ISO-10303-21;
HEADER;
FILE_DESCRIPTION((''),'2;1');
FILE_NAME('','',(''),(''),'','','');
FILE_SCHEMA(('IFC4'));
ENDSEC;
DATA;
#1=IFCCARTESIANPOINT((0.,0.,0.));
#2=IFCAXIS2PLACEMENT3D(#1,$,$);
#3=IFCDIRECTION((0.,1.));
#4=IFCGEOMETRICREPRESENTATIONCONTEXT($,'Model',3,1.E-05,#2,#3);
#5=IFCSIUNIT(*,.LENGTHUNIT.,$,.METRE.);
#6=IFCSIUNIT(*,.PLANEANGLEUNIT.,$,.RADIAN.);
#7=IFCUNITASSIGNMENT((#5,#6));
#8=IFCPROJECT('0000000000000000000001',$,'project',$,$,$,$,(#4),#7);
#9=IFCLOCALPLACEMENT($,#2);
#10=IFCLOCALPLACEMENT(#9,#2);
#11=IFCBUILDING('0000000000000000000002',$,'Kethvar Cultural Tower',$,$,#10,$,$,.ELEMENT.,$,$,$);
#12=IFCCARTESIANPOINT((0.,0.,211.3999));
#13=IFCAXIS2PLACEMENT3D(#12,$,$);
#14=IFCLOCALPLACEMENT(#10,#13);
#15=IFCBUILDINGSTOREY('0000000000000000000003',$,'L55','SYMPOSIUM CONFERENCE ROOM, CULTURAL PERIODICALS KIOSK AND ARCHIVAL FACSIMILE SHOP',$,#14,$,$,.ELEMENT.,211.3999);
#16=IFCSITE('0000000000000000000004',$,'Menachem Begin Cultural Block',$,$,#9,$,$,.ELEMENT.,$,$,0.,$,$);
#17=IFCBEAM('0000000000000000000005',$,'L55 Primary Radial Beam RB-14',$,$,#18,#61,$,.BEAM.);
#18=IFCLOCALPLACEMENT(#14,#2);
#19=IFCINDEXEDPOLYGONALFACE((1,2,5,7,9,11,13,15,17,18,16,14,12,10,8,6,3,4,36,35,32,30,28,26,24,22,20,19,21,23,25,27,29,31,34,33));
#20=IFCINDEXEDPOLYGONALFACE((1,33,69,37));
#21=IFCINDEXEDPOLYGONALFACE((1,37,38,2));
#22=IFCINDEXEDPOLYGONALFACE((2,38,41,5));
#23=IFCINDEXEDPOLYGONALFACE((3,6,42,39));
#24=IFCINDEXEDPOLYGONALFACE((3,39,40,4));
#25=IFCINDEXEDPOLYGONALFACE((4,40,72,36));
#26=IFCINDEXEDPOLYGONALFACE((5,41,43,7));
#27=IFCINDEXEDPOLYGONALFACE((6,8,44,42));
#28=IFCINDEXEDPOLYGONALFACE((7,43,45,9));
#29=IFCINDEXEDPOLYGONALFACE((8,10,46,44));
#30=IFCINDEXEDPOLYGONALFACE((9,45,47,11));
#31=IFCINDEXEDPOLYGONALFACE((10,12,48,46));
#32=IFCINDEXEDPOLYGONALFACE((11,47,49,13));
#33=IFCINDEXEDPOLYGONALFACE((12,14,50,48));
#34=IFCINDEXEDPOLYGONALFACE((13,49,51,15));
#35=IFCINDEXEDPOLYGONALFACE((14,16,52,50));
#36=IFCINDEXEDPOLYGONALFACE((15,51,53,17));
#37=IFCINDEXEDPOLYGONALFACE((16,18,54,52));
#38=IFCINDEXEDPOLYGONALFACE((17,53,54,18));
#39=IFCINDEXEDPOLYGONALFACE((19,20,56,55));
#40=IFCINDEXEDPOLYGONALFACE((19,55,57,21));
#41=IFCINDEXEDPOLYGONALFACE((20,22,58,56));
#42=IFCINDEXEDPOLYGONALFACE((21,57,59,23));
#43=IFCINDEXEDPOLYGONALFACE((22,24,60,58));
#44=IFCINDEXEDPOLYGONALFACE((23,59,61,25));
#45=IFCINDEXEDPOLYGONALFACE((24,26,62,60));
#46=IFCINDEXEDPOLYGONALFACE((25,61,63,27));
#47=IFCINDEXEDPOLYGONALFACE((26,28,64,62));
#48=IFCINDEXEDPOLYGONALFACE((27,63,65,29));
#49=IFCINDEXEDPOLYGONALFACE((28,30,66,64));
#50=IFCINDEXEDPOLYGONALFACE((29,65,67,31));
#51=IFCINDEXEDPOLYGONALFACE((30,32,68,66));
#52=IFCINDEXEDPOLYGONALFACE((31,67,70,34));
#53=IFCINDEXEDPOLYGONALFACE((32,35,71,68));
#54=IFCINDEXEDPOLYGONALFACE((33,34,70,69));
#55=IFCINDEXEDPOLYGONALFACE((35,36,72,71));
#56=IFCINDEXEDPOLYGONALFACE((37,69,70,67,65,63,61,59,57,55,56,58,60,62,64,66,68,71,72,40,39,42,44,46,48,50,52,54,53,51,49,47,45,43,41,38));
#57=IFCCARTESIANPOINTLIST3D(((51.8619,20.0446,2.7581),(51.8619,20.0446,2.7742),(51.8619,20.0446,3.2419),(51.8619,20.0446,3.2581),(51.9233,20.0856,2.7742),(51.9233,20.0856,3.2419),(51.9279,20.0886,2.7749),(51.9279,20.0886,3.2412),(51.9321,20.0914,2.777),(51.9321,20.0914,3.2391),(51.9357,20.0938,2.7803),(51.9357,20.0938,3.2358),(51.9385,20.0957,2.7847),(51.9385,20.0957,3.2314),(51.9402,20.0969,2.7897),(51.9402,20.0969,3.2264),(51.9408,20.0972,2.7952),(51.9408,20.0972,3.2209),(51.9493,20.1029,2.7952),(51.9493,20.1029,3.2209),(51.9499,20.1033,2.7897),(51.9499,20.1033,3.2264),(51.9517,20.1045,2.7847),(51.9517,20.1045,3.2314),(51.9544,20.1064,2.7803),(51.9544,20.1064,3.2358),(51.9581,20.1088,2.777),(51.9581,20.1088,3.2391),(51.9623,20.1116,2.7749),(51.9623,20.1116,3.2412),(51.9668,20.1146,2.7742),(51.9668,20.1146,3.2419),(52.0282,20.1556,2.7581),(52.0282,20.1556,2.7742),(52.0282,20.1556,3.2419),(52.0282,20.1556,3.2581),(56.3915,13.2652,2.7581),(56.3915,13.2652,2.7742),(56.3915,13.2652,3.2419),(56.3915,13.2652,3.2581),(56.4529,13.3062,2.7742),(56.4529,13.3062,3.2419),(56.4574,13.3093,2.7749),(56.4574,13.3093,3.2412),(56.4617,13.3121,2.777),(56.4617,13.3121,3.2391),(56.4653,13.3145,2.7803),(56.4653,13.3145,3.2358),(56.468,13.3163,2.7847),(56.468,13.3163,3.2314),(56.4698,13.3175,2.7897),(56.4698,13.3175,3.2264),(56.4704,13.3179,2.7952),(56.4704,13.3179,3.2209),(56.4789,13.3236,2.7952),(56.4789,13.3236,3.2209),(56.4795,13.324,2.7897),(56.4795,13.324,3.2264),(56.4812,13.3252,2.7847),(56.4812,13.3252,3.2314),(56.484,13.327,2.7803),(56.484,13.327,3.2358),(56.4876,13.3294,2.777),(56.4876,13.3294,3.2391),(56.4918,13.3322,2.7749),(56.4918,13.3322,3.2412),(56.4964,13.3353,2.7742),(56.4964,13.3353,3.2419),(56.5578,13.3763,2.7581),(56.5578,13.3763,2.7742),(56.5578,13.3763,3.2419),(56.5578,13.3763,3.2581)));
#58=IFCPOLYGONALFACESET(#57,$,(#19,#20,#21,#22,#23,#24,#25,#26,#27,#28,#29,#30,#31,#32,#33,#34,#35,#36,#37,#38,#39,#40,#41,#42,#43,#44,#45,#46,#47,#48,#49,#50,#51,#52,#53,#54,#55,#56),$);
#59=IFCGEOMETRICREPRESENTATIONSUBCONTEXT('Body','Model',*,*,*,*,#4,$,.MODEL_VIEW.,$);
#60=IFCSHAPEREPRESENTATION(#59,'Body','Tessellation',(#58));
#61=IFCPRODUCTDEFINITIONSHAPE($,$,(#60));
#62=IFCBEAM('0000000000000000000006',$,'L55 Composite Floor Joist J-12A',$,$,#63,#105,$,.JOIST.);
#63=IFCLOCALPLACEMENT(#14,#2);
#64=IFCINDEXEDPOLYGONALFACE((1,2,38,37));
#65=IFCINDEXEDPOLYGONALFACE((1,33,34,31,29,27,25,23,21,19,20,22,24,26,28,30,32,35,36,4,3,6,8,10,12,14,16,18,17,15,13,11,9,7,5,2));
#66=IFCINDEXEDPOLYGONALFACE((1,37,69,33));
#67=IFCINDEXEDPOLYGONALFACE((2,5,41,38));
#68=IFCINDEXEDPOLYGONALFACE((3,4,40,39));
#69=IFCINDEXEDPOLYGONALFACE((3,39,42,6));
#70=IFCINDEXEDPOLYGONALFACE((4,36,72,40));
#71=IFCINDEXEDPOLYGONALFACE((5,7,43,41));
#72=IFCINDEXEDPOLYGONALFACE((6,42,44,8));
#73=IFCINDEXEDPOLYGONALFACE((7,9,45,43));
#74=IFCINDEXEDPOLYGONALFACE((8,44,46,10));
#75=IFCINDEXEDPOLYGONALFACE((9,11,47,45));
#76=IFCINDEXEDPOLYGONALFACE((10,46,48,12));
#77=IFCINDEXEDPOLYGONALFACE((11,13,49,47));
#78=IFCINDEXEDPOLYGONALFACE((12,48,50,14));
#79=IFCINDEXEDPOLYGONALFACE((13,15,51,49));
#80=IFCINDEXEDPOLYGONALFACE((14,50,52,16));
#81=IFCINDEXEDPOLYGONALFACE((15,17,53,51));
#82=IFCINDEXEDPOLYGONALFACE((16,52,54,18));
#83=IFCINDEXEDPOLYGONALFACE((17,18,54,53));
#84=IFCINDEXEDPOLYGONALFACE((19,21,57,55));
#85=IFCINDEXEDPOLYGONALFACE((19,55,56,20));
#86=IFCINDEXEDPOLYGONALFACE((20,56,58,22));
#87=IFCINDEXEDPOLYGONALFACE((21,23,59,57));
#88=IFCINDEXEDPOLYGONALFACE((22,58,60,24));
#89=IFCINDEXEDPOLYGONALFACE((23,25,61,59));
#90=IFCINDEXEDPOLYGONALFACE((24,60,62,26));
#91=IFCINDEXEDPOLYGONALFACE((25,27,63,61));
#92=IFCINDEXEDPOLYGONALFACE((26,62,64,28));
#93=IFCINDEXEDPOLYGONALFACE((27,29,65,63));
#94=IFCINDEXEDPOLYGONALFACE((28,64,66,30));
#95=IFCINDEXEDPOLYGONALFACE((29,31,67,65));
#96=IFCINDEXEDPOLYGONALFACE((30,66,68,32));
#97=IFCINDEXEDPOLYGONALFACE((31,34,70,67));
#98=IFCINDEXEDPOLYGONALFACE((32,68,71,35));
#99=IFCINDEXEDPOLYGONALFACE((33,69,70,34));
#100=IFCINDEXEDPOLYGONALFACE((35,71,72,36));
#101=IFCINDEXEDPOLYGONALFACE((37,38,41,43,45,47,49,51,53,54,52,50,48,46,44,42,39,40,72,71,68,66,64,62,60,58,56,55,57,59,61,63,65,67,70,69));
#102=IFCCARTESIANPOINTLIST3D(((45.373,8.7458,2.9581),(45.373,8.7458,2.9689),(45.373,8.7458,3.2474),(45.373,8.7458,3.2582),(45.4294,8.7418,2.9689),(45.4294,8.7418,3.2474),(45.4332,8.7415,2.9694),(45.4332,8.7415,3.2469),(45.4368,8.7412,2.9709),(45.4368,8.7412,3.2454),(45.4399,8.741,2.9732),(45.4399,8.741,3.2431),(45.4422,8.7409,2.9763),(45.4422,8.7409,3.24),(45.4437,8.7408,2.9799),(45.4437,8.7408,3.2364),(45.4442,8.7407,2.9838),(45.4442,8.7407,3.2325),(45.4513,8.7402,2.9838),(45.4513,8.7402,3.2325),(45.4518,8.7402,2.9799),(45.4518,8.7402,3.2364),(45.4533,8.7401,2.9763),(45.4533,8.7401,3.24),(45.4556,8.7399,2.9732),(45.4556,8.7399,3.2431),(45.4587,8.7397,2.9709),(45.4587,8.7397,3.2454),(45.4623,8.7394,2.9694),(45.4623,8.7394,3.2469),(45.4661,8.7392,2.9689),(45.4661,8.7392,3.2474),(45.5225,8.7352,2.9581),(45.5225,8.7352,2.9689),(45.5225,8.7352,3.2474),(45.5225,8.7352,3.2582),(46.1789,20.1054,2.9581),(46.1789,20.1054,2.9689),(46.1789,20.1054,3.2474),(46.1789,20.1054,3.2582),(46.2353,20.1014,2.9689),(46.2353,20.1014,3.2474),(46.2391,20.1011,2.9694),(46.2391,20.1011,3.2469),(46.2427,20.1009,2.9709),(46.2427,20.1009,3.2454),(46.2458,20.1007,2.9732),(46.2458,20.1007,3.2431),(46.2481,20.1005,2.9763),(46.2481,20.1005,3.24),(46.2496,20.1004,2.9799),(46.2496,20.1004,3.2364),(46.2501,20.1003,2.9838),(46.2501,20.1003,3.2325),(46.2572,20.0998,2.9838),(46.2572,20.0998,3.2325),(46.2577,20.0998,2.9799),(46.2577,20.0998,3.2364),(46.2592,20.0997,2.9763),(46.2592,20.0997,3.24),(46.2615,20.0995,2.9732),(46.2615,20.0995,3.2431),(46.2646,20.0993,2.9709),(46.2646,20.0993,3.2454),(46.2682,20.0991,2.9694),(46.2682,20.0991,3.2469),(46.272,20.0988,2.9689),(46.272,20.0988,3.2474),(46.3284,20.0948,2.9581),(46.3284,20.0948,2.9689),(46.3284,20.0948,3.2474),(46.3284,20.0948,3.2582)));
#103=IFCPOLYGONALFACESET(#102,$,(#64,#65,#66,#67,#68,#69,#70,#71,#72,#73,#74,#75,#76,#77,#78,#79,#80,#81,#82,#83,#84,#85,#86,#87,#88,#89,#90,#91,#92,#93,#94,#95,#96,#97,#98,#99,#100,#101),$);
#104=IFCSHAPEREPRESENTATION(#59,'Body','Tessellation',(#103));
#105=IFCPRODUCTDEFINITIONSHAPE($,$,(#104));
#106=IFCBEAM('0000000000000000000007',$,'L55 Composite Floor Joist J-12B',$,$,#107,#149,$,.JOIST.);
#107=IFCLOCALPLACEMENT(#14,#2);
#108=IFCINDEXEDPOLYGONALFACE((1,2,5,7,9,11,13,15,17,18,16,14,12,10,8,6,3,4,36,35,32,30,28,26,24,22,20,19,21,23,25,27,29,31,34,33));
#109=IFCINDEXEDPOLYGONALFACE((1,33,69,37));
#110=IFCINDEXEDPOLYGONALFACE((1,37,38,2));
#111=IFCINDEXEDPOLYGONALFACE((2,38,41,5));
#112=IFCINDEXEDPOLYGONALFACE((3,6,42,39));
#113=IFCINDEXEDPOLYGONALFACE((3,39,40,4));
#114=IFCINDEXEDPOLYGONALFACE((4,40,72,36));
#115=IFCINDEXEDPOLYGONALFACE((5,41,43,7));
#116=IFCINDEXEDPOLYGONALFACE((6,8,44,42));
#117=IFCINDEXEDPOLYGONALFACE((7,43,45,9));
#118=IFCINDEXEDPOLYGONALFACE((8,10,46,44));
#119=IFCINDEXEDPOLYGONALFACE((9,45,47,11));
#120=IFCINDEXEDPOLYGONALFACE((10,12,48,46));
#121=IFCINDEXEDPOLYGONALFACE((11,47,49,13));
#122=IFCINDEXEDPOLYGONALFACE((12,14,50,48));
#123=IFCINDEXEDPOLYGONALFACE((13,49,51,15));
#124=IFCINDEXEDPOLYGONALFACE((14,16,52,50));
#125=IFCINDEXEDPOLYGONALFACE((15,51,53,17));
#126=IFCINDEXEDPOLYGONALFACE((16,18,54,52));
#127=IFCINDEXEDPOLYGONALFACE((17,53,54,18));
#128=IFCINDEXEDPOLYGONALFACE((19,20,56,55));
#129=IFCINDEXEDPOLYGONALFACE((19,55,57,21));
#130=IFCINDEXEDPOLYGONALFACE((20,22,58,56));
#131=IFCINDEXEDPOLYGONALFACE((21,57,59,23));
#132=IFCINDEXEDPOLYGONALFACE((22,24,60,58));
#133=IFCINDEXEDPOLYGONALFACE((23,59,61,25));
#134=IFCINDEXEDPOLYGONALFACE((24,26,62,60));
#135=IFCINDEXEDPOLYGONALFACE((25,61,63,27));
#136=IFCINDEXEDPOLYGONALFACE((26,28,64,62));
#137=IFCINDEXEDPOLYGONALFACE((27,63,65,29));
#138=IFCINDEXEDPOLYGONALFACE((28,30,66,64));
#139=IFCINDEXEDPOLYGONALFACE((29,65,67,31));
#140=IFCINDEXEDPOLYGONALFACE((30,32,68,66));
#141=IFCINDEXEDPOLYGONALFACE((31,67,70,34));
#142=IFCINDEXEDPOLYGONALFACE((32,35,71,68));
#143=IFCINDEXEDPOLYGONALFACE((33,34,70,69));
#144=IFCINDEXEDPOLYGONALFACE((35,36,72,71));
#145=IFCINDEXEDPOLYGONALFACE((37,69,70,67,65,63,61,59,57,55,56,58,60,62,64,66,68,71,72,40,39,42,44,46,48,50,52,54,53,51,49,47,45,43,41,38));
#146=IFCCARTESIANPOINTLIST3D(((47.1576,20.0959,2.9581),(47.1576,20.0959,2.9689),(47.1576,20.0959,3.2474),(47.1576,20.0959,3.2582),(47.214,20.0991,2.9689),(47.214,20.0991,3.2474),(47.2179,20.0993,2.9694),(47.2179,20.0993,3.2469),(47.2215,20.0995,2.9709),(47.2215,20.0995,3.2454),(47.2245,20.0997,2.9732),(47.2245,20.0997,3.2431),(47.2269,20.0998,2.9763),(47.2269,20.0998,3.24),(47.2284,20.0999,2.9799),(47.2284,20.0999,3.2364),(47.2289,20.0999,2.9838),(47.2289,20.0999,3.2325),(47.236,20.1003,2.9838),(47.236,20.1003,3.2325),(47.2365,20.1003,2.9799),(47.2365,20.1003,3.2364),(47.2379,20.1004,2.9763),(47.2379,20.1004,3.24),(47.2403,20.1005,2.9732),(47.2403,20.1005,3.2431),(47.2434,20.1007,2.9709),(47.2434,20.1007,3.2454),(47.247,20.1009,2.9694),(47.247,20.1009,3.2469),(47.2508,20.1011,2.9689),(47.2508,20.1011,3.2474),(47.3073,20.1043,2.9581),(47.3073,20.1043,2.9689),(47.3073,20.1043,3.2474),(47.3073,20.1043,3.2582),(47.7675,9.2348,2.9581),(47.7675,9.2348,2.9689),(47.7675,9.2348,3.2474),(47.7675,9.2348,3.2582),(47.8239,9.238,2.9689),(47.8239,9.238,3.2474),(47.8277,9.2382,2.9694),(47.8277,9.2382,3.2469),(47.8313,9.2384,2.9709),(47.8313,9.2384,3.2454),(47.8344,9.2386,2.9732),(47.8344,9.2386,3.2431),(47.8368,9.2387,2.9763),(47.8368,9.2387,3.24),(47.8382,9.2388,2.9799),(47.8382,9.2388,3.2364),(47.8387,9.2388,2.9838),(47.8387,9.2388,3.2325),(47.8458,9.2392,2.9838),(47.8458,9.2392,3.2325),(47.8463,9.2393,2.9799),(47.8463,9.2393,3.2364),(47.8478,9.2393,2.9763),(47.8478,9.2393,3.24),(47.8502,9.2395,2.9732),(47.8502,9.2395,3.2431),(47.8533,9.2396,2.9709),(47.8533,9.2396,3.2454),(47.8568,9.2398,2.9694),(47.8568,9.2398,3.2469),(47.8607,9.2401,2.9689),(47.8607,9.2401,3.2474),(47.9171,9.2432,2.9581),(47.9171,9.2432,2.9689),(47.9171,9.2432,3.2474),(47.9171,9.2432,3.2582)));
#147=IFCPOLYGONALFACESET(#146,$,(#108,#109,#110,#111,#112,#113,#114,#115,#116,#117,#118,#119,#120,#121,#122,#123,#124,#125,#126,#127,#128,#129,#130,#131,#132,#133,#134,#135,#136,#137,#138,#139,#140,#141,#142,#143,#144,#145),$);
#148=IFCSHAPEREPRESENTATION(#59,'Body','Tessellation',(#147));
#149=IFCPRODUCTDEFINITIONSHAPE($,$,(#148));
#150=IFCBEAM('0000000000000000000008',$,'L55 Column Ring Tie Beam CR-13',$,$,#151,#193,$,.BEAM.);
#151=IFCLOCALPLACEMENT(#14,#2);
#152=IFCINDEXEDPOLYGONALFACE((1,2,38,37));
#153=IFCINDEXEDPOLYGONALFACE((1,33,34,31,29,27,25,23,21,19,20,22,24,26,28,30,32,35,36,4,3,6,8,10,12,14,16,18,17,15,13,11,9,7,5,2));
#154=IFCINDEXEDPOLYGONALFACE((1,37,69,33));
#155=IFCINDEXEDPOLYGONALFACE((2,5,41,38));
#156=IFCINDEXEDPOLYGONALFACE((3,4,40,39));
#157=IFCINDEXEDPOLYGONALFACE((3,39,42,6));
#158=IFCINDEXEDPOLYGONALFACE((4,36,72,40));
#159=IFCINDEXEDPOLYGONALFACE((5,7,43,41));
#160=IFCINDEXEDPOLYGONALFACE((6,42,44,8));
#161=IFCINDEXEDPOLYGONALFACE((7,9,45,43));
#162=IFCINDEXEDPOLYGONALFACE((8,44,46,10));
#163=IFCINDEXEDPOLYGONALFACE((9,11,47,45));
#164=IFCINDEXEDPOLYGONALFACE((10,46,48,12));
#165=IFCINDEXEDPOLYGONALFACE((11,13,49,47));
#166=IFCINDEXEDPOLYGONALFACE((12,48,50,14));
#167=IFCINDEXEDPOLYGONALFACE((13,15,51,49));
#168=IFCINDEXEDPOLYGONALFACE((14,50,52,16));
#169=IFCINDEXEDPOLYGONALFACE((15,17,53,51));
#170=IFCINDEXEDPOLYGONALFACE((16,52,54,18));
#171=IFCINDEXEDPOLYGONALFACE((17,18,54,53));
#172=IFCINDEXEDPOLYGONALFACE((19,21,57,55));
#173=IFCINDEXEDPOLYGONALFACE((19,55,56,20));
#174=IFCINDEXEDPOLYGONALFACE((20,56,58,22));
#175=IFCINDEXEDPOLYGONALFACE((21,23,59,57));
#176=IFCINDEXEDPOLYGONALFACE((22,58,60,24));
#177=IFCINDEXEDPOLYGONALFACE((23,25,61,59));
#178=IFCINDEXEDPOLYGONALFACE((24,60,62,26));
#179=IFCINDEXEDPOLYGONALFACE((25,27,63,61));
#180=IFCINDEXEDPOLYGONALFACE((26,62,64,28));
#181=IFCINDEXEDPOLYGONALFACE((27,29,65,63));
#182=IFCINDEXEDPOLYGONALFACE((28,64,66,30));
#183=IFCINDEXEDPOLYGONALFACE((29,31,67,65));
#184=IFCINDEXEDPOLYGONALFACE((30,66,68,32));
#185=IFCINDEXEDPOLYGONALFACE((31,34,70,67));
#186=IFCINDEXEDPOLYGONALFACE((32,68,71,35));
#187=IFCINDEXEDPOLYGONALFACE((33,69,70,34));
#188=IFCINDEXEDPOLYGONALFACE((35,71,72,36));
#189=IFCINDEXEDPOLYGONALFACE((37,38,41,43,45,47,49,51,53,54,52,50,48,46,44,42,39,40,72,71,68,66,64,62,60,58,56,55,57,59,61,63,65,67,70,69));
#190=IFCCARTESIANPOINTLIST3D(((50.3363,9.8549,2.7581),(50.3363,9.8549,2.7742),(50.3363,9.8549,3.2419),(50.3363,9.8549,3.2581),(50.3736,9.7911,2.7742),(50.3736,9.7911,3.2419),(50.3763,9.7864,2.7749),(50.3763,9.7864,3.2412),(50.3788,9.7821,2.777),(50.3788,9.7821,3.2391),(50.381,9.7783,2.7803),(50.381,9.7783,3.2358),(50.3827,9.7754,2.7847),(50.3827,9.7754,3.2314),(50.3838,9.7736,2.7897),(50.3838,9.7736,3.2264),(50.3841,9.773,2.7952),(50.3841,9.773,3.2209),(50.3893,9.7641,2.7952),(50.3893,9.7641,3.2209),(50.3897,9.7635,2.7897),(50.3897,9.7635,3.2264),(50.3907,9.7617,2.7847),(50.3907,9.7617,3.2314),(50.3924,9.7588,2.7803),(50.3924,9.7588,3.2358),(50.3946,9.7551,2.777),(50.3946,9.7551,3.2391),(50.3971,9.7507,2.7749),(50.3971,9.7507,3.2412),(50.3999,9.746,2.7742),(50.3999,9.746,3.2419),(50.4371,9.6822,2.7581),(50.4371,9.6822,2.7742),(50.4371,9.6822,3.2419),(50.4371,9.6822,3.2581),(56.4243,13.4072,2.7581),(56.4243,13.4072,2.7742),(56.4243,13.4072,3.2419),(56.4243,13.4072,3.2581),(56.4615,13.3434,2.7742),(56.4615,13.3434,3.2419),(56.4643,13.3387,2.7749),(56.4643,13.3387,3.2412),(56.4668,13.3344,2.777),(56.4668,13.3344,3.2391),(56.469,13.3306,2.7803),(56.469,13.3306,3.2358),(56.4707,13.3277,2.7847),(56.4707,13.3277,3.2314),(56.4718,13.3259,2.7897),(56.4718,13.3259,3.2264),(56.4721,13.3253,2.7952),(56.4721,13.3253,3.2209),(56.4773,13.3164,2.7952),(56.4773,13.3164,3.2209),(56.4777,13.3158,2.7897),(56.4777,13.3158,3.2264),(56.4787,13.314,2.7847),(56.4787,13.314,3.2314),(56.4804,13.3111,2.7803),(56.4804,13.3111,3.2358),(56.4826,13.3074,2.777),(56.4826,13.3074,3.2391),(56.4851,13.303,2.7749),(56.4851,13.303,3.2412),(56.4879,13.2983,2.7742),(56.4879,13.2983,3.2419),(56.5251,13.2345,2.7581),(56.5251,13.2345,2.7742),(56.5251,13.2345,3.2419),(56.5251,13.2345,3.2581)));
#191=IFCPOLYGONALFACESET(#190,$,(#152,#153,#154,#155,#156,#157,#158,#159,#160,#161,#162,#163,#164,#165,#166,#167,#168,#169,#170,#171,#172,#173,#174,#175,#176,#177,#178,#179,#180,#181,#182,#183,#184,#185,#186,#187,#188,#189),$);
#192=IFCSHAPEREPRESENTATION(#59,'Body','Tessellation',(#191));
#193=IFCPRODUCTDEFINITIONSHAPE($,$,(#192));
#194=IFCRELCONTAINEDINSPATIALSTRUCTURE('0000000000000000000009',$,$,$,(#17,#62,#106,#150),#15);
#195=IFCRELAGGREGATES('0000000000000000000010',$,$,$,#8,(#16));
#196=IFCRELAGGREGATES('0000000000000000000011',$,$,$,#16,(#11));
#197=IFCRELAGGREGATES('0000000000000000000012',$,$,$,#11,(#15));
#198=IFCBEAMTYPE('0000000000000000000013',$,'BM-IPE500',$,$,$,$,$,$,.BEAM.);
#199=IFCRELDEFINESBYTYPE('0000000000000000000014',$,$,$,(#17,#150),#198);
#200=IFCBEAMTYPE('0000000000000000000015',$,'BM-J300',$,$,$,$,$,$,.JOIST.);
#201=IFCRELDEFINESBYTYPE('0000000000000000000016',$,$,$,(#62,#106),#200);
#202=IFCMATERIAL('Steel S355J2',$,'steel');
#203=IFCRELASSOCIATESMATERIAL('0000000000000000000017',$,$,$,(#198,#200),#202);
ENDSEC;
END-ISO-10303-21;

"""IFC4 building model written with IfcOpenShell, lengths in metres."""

from ifc_helpers import new_model, si_unit, direction, frame, origin, origin_2d, place, context, subcontext, project, spatial, i_section, extrude, source, transform, mapped, material, material_profile, profile_set, type_object, element, save


model = new_model("IFC4")

# Units and contexts
model_context = context("Model", 3, precision=1e-05, world=origin(), true_north=direction((0.0, 1.0)))
body_context = subcontext(model_context, "Body", "Model", "MODEL_VIEW")
ifc_project = project(units=[si_unit("LENGTHUNIT", "METRE"), si_unit("PLANEANGLEUNIT", "RADIAN")], contexts=[model_context])

# Site, building, storey
site_placement = place(None, origin())
site = spatial("IfcSite", under=ifc_project, at=site_placement, Name="Menachem Begin Cultural Block", CompositionType="ELEMENT", RefElevation=0.0)
building_placement = place(site_placement, origin())
building = spatial("IfcBuilding", under=site, at=building_placement, Name="Kethvar Cultural Tower", CompositionType="ELEMENT")
storey_placement = place(building_placement, frame((0.0, 0.0, 211.3999)))
storey = spatial("IfcBuildingStorey", under=building, at=storey_placement, Name="L55", Description="SYMPOSIUM CONFERENCE ROOM, CULTURAL PERIODICALS KIOSK AND ARCHIVAL FACSIMILE SHOP", CompositionType="ELEMENT", Elevation=211.3999)

# Beams
ifc_material_1 = material(Name="Steel S355J2", Category="steel")
ifc_material_profile_1 = material_profile(ifc_material_1, i_section(OverallWidth=0.2, OverallDepth=0.5, WebThickness=0.0103, FlangeThickness=0.0161, FilletRadius=0.021, at=origin_2d()), Name="Steel S355J2 — IPE500")
ifc_profile_set_1 = profile_set([ifc_material_profile_1], Name="Steel S355J2 — IPE500")
beam_type_1 = type_object("IfcBeamType", Name="BM-IPE500", PredefinedType="BEAM", material=ifc_profile_set_1)
shared_shape_1 = source(origin(), body_context, "Body", "SweptSolid", [
    extrude(i_section(OverallWidth=0.2, OverallDepth=0.5, WebThickness=0.0103, FlangeThickness=0.0161, FilletRadius=0.021, at=origin_2d()), origin(), (0.0, 0.0, 1.0), 8.1533),
])
beam_1_placement = place(storey_placement, frame((51.9451, 20.1001, 3.0081), z_axis=(0.55555, -0.831483, 0.0), x_axis=(0.831483, 0.55555, 0.0)))
element("IfcBeam", 1, at=beam_1_placement, inside=storey, type_object=beam_type_1, Name="L55 Primary Radial Beam RB-14", PredefinedType="BEAM", context=body_context, shape_type="MappedRepresentation", body=[
    mapped(shared_shape_1, transform((0.0, 0.0, 0.0), scale=1.0)),
])
ifc_material_profile_2 = material_profile(ifc_material_1, i_section(OverallWidth=0.1499, OverallDepth=0.3, WebThickness=0.0071, FlangeThickness=0.0107, FilletRadius=0.0149, at=origin_2d()), Name="Steel S355J2 — IPE300")
ifc_profile_set_2 = profile_set([ifc_material_profile_2], Name="Steel S355J2 — IPE300")
beam_type_2 = type_object("IfcBeamType", Name="BM-J300", PredefinedType="JOIST", material=ifc_profile_set_2)
shared_shape_2 = source(origin(), body_context, "Body", "SweptSolid", [
    extrude(i_section(OverallWidth=0.1499, OverallDepth=0.3, WebThickness=0.0071, FlangeThickness=0.0107, FilletRadius=0.0149, at=origin_2d()), origin(), (0.0, 0.0, 1.0), 11.3882),
])
beam_2_placement = place(storey_placement, frame((46.2537, 20.1001, 3.1082), z_axis=(-0.070767, -0.997493, 0.0), x_axis=(0.997493, -0.070767, 0.0)))
element("IfcBeam", 2, at=beam_2_placement, inside=storey, type_object=beam_type_2, Name="L55 Composite Floor Joist J-12A", PredefinedType="JOIST", context=body_context, shape_type="MappedRepresentation", body=[
    mapped(shared_shape_2, transform((0.0, 0.0, 0.0), scale=1.0)),
])
shared_shape_3 = source(origin(), body_context, "Body", "SweptSolid", [
    extrude(i_section(OverallWidth=0.1499, OverallDepth=0.3, WebThickness=0.0071, FlangeThickness=0.0107, FilletRadius=0.0149, at=origin_2d()), origin(), (0.0, 0.0, 1.0), 10.8782),
])
beam_3_placement = place(storey_placement, frame((47.2324, 20.1001, 3.1082), z_axis=(0.056063, -0.998427, 0.0), x_axis=(0.998427, 0.056063, 0.0)))
element("IfcBeam", 3, at=beam_3_placement, inside=storey, type_object=beam_type_2, Name="L55 Composite Floor Joist J-12B", PredefinedType="JOIST", context=body_context, shape_type="MappedRepresentation", body=[
    mapped(shared_shape_3, transform((0.0, 0.0, 0.0), scale=1.0)),
])
shared_shape_4 = source(origin(), body_context, "Body", "SweptSolid", [
    extrude(i_section(OverallWidth=0.2, OverallDepth=0.5, WebThickness=0.0103, FlangeThickness=0.0161, FilletRadius=0.021, at=origin_2d()), origin(), (0.0, 0.0, 1.0), 7.0486),
])
beam_4_placement = place(storey_placement, frame((50.3867, 9.7686, 3.0081), z_axis=(0.863719, 0.503974, 0.0), x_axis=(-0.503974, 0.863719, 0.0)))
element("IfcBeam", 4, at=beam_4_placement, inside=storey, type_object=beam_type_1, Name="L55 Column Ring Tie Beam CR-13", PredefinedType="BEAM", context=body_context, shape_type="MappedRepresentation", body=[
    mapped(shared_shape_4, transform((0.0, 0.0, 0.0), scale=1.0)),
])

save(model, "model.ifc")
